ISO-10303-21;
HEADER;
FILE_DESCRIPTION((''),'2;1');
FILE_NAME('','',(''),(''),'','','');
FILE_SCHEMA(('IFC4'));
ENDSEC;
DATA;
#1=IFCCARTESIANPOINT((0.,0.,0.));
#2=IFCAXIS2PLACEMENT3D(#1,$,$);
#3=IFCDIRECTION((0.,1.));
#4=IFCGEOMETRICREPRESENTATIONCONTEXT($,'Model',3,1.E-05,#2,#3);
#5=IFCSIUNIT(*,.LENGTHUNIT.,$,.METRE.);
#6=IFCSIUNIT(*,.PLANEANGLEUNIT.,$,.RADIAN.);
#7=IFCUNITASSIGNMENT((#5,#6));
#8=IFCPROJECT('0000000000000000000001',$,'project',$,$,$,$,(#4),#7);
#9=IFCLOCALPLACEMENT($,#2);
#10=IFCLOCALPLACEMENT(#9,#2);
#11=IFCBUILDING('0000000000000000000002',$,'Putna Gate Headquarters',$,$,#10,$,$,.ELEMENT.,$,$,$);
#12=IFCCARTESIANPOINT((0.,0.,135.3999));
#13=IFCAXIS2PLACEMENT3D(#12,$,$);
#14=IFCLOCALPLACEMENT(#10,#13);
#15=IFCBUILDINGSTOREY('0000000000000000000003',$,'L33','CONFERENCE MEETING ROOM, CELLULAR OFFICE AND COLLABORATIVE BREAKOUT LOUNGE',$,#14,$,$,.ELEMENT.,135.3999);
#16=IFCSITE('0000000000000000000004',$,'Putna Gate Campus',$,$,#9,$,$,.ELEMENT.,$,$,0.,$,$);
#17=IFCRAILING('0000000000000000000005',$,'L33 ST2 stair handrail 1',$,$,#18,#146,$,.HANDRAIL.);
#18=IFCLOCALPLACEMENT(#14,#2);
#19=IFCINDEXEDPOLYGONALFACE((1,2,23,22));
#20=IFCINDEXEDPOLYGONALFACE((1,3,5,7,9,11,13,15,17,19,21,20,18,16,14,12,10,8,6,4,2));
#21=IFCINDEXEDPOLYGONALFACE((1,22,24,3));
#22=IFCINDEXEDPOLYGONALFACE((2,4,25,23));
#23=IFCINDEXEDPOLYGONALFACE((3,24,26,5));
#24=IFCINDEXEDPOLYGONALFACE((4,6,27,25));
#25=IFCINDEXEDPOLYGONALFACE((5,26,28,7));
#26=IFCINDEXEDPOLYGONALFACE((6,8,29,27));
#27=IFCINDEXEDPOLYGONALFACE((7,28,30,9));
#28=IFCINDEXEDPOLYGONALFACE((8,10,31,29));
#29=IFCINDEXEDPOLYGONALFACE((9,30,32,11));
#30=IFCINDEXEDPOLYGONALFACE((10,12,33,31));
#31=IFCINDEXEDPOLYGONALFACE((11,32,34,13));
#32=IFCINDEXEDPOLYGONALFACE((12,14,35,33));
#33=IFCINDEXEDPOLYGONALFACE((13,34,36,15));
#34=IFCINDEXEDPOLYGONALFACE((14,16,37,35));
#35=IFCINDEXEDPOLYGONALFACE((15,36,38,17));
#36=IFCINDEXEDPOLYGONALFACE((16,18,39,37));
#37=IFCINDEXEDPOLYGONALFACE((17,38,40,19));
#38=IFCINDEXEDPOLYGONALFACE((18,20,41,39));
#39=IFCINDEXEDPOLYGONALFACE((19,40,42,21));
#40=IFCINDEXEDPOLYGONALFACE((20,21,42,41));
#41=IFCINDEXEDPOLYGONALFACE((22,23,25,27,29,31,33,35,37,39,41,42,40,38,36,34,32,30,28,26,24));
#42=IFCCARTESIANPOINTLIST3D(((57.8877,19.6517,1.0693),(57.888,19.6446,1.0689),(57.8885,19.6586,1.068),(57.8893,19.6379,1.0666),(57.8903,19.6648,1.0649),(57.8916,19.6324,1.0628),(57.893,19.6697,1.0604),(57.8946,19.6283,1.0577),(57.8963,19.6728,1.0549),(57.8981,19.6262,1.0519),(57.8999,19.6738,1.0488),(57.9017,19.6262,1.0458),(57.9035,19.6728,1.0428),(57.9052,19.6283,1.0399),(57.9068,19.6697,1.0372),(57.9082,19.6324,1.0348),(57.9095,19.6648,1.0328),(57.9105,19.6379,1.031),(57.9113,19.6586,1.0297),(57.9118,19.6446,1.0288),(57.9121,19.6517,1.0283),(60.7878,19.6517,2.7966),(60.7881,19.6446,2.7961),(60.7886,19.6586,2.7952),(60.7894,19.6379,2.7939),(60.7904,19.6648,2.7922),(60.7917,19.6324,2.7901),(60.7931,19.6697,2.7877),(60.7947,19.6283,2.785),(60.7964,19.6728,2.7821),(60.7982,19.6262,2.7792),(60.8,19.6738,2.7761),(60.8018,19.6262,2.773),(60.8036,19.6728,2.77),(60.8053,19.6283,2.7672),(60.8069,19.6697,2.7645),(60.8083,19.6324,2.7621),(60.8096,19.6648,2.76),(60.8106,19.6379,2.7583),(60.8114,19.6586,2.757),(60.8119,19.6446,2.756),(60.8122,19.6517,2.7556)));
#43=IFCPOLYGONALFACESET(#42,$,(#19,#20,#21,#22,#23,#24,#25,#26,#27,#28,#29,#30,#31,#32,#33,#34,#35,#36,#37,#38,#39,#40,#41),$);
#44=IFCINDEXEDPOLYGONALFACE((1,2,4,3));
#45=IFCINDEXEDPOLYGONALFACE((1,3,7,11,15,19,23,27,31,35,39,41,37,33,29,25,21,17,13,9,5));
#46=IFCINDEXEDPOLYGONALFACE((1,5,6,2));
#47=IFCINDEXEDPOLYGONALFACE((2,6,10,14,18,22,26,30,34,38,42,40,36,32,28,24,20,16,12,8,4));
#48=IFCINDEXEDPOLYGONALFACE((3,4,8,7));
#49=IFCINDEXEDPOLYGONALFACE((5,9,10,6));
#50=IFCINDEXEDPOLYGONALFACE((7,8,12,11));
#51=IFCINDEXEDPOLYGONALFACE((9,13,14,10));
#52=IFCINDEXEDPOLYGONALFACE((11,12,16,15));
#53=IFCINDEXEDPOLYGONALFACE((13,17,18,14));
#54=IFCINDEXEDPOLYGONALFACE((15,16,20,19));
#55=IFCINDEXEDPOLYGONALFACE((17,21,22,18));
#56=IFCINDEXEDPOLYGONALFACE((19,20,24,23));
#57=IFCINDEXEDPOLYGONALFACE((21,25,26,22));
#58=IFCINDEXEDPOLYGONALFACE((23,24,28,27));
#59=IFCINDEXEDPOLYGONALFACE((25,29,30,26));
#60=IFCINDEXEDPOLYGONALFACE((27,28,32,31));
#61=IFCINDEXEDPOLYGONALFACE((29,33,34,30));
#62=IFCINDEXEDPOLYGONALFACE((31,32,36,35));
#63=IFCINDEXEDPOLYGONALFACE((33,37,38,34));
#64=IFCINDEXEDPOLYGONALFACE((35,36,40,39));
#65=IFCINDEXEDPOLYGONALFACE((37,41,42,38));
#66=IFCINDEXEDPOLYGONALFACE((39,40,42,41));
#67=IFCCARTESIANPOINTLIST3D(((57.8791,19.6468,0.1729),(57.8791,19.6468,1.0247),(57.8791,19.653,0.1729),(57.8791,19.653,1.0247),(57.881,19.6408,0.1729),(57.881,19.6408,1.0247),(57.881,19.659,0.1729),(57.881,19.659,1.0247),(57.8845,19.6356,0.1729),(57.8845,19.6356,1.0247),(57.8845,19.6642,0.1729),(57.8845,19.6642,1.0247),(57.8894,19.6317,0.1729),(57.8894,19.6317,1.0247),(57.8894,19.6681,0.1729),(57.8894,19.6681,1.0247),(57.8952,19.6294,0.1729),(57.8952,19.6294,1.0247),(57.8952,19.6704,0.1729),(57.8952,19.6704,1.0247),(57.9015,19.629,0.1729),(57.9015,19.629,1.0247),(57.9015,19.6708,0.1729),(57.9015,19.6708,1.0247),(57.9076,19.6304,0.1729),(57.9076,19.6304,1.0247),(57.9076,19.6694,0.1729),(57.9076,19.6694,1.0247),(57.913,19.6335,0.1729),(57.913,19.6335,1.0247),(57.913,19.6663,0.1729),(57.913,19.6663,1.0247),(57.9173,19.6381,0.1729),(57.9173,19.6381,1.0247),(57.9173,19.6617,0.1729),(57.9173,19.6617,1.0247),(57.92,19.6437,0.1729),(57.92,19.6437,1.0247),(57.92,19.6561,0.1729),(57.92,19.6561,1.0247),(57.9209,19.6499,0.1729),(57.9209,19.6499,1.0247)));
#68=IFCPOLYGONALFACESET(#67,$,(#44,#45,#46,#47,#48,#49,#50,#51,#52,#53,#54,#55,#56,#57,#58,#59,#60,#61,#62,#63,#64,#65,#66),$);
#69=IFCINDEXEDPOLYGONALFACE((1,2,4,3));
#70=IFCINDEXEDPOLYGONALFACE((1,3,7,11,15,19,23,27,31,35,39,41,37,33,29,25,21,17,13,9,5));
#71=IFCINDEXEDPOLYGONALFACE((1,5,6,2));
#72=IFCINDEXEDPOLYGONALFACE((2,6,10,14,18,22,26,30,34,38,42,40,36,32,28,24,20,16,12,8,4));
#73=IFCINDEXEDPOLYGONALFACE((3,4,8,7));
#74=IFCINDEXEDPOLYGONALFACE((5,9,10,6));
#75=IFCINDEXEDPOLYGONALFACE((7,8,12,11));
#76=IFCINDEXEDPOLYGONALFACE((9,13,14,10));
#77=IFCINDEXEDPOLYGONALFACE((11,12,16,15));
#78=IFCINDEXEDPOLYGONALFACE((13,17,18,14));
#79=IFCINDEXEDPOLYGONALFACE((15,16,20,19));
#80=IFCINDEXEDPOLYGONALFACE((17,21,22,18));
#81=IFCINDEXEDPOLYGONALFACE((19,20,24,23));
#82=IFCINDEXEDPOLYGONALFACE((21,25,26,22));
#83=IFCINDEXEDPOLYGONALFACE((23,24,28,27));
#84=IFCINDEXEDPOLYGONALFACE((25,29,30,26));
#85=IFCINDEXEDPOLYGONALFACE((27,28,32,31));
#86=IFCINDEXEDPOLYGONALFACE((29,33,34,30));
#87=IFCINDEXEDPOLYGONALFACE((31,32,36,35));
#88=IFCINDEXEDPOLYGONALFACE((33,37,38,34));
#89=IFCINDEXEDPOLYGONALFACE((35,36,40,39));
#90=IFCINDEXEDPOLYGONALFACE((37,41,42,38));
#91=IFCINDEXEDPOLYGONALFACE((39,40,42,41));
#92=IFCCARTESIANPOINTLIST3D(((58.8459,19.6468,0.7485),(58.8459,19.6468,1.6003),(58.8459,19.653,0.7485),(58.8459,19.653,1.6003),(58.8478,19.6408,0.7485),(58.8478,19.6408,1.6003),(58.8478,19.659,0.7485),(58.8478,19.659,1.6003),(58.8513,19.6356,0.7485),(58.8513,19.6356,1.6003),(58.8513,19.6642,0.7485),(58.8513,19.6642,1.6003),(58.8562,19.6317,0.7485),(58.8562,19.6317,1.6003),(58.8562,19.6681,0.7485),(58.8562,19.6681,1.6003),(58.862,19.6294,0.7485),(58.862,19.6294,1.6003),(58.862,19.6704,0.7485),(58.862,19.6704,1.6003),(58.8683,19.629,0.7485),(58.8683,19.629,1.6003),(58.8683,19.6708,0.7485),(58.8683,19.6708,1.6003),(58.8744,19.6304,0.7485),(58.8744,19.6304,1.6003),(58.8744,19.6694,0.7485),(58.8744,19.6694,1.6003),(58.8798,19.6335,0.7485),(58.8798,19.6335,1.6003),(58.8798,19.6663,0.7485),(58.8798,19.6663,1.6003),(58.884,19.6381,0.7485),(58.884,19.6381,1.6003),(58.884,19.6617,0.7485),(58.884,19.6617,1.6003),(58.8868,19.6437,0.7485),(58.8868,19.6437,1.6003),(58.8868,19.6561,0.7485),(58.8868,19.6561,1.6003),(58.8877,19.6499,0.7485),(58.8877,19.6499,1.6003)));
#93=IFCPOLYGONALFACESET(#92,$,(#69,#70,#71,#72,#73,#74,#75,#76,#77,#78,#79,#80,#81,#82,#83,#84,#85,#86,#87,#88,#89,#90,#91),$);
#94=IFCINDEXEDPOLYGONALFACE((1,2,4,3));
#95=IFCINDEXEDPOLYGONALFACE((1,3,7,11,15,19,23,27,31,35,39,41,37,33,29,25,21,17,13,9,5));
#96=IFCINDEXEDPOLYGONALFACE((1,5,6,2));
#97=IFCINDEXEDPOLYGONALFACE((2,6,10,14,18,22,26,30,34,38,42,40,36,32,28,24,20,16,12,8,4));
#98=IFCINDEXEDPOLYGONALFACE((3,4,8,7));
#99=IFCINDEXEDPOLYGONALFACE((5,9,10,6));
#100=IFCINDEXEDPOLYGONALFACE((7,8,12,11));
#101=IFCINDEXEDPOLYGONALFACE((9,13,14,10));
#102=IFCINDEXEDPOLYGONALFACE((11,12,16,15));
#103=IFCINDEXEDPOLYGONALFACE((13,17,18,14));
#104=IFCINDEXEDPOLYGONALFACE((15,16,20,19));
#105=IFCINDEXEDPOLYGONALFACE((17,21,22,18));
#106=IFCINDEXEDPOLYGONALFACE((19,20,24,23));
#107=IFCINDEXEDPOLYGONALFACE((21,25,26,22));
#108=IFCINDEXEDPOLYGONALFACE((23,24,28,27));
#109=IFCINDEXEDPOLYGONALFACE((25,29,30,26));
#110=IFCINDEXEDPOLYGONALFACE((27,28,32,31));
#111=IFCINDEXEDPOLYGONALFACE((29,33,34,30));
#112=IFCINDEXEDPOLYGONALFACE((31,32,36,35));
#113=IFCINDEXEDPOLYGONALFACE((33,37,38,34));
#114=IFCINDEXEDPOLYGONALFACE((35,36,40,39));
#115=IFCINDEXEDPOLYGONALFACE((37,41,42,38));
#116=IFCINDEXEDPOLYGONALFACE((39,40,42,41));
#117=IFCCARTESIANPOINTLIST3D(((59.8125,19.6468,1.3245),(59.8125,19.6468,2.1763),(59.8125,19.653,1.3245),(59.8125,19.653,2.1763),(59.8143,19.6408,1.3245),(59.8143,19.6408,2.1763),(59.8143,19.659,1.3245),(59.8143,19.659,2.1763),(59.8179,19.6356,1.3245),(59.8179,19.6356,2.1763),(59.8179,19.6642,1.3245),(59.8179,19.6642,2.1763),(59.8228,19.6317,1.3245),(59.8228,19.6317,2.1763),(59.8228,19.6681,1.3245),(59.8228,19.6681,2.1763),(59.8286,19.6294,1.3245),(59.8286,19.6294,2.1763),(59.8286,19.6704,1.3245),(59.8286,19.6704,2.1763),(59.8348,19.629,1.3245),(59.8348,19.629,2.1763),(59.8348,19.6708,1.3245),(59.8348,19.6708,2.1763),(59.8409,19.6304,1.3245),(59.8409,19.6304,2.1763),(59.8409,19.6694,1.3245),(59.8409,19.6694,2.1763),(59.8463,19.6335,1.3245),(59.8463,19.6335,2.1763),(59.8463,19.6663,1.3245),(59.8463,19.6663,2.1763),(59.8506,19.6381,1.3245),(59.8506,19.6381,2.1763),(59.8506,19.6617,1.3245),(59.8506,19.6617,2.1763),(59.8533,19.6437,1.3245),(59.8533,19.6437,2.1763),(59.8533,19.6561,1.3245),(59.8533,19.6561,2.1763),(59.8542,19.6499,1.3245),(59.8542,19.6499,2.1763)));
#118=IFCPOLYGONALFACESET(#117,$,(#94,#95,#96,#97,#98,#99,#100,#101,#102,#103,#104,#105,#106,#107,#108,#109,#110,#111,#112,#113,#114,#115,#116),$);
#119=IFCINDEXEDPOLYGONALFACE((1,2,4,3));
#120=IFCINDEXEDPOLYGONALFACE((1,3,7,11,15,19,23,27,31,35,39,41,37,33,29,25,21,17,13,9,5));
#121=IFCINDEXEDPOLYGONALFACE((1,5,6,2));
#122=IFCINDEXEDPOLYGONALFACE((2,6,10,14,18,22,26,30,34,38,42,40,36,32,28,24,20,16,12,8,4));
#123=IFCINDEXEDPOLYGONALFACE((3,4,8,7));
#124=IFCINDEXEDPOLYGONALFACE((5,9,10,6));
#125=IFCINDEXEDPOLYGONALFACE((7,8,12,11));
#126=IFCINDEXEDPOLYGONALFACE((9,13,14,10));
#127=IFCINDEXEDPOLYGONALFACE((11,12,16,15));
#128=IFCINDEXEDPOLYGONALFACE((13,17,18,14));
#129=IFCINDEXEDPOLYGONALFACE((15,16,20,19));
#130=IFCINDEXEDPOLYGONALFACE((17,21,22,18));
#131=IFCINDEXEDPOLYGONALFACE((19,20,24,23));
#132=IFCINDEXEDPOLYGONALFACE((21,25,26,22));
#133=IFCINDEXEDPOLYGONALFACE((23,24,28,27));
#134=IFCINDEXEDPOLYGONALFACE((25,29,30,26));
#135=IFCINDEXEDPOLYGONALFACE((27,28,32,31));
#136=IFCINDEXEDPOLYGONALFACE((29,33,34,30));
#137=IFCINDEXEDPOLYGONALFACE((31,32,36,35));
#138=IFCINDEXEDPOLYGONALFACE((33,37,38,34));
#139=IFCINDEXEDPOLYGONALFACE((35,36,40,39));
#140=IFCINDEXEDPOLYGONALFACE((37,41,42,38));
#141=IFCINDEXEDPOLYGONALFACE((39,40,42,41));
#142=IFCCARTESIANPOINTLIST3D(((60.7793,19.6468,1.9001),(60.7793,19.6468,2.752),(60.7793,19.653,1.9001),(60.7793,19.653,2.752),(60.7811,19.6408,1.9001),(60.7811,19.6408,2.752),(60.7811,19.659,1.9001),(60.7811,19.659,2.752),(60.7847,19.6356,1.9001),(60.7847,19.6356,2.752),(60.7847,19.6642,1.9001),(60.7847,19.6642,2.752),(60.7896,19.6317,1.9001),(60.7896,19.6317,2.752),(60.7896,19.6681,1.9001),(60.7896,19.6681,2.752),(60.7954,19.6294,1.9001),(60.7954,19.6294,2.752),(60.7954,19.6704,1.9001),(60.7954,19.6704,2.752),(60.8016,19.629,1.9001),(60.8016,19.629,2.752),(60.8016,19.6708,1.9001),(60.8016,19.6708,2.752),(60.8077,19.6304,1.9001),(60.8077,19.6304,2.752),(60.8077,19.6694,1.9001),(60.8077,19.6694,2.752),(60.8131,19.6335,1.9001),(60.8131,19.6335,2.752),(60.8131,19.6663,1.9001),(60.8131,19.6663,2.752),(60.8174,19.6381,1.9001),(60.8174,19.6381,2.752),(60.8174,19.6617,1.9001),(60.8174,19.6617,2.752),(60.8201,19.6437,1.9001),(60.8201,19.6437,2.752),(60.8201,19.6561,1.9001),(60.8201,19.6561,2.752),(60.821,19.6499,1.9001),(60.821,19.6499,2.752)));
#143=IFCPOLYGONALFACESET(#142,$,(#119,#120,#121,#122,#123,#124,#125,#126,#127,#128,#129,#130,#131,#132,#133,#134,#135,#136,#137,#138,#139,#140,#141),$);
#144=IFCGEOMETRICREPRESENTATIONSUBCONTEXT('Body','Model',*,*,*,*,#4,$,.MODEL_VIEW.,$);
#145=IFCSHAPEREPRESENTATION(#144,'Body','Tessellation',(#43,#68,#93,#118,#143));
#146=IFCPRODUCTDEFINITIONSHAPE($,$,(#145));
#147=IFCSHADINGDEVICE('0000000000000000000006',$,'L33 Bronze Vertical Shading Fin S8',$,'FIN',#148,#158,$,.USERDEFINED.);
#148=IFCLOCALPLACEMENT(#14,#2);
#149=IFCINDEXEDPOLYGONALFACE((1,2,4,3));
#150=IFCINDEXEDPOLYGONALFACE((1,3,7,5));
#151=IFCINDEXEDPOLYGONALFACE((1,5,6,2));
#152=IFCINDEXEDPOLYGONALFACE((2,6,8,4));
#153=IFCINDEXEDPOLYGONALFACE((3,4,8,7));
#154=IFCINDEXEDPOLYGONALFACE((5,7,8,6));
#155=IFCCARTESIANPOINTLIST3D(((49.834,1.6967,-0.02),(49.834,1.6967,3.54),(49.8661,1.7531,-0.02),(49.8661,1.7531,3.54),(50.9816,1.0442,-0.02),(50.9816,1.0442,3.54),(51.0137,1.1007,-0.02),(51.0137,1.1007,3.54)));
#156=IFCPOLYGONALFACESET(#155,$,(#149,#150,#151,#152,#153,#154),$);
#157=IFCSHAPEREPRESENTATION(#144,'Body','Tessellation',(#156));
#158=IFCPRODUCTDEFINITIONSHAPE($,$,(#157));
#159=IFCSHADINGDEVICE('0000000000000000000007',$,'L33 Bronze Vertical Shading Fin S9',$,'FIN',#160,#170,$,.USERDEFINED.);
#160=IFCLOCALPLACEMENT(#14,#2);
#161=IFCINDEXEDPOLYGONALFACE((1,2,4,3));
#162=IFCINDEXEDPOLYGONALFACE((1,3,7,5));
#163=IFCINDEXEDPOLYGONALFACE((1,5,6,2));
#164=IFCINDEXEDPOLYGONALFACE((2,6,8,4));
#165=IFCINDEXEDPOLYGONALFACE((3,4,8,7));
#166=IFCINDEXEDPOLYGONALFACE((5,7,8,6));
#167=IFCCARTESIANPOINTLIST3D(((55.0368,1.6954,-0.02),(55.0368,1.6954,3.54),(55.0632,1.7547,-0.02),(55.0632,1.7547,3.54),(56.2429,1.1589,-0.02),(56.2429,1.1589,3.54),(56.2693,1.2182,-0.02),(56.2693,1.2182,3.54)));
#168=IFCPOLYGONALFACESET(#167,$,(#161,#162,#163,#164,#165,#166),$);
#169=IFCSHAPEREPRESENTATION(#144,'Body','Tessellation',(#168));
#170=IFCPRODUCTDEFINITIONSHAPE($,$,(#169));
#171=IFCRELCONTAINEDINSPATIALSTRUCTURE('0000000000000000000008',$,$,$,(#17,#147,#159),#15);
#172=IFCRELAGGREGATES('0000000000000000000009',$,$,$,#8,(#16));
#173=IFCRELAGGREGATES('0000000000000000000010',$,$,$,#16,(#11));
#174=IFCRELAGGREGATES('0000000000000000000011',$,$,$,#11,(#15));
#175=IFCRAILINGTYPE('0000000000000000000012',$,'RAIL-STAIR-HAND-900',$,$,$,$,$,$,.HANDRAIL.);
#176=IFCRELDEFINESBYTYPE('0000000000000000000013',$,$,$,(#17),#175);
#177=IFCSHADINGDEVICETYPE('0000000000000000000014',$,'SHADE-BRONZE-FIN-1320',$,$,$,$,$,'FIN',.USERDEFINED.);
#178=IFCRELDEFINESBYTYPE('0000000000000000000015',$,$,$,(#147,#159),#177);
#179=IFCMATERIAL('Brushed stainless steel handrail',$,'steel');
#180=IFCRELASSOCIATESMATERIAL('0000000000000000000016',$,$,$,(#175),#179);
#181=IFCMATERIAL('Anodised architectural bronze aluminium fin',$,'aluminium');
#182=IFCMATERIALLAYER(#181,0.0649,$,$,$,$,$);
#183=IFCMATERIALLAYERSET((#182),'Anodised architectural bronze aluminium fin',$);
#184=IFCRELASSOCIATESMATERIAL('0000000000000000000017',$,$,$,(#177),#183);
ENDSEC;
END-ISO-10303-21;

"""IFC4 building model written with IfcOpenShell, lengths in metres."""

from ifc_helpers import new_model, si_unit, direction, frame, origin, origin_2d, place, context, subcontext, project, spatial, rectangle, circle, extrude, material, layer, layer_set, type_object, element, save


model = new_model("IFC4")

# Units and contexts
model_context = context("Model", 3, precision=1e-05, world=origin(), true_north=direction((0.0, 1.0)))
body_context = subcontext(model_context, "Body", "Model", "MODEL_VIEW")
ifc_project = project(units=[si_unit("LENGTHUNIT", "METRE"), si_unit("PLANEANGLEUNIT", "RADIAN")], contexts=[model_context])

# Site, building, storey
site_placement = place(None, origin())
site = spatial("IfcSite", under=ifc_project, at=site_placement, Name="Putna Gate Campus", CompositionType="ELEMENT", RefElevation=0.0)
building_placement = place(site_placement, origin())
building = spatial("IfcBuilding", under=site, at=building_placement, Name="Putna Gate Headquarters", CompositionType="ELEMENT")
storey_placement = place(building_placement, frame((0.0, 0.0, 135.3999)))
storey = spatial("IfcBuildingStorey", under=building, at=storey_placement, Name="L33", Description="CONFERENCE MEETING ROOM, CELLULAR OFFICE AND COLLABORATIVE BREAKOUT LOUNGE", CompositionType="ELEMENT", Elevation=135.3999)

# Railing
ifc_material_1 = material(Name="Brushed stainless steel handrail", Category="steel")
railing_type_1 = type_object("IfcRailingType", Name="RAIL-STAIR-HAND-900", PredefinedType="HANDRAIL", material=ifc_material_1)
railing_1_placement = place(storey_placement, frame((57.8999, 19.6499, 0.1729)))
element("IfcRailing", 1, at=railing_1_placement, inside=storey, type_object=railing_type_1, Name="L33 ST2 stair handrail 1", PredefinedType="HANDRAIL", context=body_context, shape_type="SweptSolid", body=[
    extrude(circle(Radius=0.0239, at=origin_2d()), frame((0.0, 0.0, 0.876), z_axis=(0.85916, 0.0, 0.511706), x_axis=(0.0, 1.0, 0.0)), (0.0, 0.0, 1.0), 3.3755),
    extrude(circle(Radius=0.021, at=origin_2d()), origin(), (0.0, 0.0, 1.0), 0.8518),
    extrude(circle(Radius=0.021, at=origin_2d()), frame((0.9668, 0.0, 0.5757)), (0.0, 0.0, 1.0), 0.8518),
    extrude(circle(Radius=0.021, at=origin_2d()), frame((1.9333, 0.0, 1.1516)), (0.0, 0.0, 1.0), 0.8518),
    extrude(circle(Radius=0.021, at=origin_2d()), frame((2.9001, 0.0, 1.7273)), (0.0, 0.0, 1.0), 0.8518),
])

# Shading devices
ifc_material_2 = material(Name="Anodised architectural bronze aluminium fin", Category="aluminium")
ifc_layer_1 = layer(ifc_material_2, 0.0649)
ifc_layer_set_1 = layer_set([ifc_layer_1], Name="Anodised architectural bronze aluminium fin")
shading_device_type = type_object("IfcShadingDeviceType", Name="SHADE-BRONZE-FIN-1320", ElementType="FIN", PredefinedType="USERDEFINED", material=ifc_layer_set_1)
for number, where, z_axis, x_axis, name in (
    (2, (50.4238, 1.3987, -0.02), (0.0, 0.0, 1.0), (0.869322, -0.494245, 0.0), "L33 Bronze Vertical Shading Fin S8"),
    (3, (55.6531, 1.4568, -0.02), (0.0, 0.0, 1.0), (0.913687, -0.406418, 0.0), "L33 Bronze Vertical Shading Fin S9"),
):
    element("IfcShadingDevice", number, at=place(storey_placement, frame(where, z_axis=z_axis, x_axis=x_axis)), inside=storey, type_object=shading_device_type, Name=name, ObjectType="FIN", PredefinedType="USERDEFINED", context=body_context, shape_type="SweptSolid", body=[
        extrude(rectangle(XDim=1.3201, YDim=0.0649, at=origin_2d()), origin(), (0.0, 0.0, 1.0), 3.5601),
    ])

save(model, "model.ifc")
